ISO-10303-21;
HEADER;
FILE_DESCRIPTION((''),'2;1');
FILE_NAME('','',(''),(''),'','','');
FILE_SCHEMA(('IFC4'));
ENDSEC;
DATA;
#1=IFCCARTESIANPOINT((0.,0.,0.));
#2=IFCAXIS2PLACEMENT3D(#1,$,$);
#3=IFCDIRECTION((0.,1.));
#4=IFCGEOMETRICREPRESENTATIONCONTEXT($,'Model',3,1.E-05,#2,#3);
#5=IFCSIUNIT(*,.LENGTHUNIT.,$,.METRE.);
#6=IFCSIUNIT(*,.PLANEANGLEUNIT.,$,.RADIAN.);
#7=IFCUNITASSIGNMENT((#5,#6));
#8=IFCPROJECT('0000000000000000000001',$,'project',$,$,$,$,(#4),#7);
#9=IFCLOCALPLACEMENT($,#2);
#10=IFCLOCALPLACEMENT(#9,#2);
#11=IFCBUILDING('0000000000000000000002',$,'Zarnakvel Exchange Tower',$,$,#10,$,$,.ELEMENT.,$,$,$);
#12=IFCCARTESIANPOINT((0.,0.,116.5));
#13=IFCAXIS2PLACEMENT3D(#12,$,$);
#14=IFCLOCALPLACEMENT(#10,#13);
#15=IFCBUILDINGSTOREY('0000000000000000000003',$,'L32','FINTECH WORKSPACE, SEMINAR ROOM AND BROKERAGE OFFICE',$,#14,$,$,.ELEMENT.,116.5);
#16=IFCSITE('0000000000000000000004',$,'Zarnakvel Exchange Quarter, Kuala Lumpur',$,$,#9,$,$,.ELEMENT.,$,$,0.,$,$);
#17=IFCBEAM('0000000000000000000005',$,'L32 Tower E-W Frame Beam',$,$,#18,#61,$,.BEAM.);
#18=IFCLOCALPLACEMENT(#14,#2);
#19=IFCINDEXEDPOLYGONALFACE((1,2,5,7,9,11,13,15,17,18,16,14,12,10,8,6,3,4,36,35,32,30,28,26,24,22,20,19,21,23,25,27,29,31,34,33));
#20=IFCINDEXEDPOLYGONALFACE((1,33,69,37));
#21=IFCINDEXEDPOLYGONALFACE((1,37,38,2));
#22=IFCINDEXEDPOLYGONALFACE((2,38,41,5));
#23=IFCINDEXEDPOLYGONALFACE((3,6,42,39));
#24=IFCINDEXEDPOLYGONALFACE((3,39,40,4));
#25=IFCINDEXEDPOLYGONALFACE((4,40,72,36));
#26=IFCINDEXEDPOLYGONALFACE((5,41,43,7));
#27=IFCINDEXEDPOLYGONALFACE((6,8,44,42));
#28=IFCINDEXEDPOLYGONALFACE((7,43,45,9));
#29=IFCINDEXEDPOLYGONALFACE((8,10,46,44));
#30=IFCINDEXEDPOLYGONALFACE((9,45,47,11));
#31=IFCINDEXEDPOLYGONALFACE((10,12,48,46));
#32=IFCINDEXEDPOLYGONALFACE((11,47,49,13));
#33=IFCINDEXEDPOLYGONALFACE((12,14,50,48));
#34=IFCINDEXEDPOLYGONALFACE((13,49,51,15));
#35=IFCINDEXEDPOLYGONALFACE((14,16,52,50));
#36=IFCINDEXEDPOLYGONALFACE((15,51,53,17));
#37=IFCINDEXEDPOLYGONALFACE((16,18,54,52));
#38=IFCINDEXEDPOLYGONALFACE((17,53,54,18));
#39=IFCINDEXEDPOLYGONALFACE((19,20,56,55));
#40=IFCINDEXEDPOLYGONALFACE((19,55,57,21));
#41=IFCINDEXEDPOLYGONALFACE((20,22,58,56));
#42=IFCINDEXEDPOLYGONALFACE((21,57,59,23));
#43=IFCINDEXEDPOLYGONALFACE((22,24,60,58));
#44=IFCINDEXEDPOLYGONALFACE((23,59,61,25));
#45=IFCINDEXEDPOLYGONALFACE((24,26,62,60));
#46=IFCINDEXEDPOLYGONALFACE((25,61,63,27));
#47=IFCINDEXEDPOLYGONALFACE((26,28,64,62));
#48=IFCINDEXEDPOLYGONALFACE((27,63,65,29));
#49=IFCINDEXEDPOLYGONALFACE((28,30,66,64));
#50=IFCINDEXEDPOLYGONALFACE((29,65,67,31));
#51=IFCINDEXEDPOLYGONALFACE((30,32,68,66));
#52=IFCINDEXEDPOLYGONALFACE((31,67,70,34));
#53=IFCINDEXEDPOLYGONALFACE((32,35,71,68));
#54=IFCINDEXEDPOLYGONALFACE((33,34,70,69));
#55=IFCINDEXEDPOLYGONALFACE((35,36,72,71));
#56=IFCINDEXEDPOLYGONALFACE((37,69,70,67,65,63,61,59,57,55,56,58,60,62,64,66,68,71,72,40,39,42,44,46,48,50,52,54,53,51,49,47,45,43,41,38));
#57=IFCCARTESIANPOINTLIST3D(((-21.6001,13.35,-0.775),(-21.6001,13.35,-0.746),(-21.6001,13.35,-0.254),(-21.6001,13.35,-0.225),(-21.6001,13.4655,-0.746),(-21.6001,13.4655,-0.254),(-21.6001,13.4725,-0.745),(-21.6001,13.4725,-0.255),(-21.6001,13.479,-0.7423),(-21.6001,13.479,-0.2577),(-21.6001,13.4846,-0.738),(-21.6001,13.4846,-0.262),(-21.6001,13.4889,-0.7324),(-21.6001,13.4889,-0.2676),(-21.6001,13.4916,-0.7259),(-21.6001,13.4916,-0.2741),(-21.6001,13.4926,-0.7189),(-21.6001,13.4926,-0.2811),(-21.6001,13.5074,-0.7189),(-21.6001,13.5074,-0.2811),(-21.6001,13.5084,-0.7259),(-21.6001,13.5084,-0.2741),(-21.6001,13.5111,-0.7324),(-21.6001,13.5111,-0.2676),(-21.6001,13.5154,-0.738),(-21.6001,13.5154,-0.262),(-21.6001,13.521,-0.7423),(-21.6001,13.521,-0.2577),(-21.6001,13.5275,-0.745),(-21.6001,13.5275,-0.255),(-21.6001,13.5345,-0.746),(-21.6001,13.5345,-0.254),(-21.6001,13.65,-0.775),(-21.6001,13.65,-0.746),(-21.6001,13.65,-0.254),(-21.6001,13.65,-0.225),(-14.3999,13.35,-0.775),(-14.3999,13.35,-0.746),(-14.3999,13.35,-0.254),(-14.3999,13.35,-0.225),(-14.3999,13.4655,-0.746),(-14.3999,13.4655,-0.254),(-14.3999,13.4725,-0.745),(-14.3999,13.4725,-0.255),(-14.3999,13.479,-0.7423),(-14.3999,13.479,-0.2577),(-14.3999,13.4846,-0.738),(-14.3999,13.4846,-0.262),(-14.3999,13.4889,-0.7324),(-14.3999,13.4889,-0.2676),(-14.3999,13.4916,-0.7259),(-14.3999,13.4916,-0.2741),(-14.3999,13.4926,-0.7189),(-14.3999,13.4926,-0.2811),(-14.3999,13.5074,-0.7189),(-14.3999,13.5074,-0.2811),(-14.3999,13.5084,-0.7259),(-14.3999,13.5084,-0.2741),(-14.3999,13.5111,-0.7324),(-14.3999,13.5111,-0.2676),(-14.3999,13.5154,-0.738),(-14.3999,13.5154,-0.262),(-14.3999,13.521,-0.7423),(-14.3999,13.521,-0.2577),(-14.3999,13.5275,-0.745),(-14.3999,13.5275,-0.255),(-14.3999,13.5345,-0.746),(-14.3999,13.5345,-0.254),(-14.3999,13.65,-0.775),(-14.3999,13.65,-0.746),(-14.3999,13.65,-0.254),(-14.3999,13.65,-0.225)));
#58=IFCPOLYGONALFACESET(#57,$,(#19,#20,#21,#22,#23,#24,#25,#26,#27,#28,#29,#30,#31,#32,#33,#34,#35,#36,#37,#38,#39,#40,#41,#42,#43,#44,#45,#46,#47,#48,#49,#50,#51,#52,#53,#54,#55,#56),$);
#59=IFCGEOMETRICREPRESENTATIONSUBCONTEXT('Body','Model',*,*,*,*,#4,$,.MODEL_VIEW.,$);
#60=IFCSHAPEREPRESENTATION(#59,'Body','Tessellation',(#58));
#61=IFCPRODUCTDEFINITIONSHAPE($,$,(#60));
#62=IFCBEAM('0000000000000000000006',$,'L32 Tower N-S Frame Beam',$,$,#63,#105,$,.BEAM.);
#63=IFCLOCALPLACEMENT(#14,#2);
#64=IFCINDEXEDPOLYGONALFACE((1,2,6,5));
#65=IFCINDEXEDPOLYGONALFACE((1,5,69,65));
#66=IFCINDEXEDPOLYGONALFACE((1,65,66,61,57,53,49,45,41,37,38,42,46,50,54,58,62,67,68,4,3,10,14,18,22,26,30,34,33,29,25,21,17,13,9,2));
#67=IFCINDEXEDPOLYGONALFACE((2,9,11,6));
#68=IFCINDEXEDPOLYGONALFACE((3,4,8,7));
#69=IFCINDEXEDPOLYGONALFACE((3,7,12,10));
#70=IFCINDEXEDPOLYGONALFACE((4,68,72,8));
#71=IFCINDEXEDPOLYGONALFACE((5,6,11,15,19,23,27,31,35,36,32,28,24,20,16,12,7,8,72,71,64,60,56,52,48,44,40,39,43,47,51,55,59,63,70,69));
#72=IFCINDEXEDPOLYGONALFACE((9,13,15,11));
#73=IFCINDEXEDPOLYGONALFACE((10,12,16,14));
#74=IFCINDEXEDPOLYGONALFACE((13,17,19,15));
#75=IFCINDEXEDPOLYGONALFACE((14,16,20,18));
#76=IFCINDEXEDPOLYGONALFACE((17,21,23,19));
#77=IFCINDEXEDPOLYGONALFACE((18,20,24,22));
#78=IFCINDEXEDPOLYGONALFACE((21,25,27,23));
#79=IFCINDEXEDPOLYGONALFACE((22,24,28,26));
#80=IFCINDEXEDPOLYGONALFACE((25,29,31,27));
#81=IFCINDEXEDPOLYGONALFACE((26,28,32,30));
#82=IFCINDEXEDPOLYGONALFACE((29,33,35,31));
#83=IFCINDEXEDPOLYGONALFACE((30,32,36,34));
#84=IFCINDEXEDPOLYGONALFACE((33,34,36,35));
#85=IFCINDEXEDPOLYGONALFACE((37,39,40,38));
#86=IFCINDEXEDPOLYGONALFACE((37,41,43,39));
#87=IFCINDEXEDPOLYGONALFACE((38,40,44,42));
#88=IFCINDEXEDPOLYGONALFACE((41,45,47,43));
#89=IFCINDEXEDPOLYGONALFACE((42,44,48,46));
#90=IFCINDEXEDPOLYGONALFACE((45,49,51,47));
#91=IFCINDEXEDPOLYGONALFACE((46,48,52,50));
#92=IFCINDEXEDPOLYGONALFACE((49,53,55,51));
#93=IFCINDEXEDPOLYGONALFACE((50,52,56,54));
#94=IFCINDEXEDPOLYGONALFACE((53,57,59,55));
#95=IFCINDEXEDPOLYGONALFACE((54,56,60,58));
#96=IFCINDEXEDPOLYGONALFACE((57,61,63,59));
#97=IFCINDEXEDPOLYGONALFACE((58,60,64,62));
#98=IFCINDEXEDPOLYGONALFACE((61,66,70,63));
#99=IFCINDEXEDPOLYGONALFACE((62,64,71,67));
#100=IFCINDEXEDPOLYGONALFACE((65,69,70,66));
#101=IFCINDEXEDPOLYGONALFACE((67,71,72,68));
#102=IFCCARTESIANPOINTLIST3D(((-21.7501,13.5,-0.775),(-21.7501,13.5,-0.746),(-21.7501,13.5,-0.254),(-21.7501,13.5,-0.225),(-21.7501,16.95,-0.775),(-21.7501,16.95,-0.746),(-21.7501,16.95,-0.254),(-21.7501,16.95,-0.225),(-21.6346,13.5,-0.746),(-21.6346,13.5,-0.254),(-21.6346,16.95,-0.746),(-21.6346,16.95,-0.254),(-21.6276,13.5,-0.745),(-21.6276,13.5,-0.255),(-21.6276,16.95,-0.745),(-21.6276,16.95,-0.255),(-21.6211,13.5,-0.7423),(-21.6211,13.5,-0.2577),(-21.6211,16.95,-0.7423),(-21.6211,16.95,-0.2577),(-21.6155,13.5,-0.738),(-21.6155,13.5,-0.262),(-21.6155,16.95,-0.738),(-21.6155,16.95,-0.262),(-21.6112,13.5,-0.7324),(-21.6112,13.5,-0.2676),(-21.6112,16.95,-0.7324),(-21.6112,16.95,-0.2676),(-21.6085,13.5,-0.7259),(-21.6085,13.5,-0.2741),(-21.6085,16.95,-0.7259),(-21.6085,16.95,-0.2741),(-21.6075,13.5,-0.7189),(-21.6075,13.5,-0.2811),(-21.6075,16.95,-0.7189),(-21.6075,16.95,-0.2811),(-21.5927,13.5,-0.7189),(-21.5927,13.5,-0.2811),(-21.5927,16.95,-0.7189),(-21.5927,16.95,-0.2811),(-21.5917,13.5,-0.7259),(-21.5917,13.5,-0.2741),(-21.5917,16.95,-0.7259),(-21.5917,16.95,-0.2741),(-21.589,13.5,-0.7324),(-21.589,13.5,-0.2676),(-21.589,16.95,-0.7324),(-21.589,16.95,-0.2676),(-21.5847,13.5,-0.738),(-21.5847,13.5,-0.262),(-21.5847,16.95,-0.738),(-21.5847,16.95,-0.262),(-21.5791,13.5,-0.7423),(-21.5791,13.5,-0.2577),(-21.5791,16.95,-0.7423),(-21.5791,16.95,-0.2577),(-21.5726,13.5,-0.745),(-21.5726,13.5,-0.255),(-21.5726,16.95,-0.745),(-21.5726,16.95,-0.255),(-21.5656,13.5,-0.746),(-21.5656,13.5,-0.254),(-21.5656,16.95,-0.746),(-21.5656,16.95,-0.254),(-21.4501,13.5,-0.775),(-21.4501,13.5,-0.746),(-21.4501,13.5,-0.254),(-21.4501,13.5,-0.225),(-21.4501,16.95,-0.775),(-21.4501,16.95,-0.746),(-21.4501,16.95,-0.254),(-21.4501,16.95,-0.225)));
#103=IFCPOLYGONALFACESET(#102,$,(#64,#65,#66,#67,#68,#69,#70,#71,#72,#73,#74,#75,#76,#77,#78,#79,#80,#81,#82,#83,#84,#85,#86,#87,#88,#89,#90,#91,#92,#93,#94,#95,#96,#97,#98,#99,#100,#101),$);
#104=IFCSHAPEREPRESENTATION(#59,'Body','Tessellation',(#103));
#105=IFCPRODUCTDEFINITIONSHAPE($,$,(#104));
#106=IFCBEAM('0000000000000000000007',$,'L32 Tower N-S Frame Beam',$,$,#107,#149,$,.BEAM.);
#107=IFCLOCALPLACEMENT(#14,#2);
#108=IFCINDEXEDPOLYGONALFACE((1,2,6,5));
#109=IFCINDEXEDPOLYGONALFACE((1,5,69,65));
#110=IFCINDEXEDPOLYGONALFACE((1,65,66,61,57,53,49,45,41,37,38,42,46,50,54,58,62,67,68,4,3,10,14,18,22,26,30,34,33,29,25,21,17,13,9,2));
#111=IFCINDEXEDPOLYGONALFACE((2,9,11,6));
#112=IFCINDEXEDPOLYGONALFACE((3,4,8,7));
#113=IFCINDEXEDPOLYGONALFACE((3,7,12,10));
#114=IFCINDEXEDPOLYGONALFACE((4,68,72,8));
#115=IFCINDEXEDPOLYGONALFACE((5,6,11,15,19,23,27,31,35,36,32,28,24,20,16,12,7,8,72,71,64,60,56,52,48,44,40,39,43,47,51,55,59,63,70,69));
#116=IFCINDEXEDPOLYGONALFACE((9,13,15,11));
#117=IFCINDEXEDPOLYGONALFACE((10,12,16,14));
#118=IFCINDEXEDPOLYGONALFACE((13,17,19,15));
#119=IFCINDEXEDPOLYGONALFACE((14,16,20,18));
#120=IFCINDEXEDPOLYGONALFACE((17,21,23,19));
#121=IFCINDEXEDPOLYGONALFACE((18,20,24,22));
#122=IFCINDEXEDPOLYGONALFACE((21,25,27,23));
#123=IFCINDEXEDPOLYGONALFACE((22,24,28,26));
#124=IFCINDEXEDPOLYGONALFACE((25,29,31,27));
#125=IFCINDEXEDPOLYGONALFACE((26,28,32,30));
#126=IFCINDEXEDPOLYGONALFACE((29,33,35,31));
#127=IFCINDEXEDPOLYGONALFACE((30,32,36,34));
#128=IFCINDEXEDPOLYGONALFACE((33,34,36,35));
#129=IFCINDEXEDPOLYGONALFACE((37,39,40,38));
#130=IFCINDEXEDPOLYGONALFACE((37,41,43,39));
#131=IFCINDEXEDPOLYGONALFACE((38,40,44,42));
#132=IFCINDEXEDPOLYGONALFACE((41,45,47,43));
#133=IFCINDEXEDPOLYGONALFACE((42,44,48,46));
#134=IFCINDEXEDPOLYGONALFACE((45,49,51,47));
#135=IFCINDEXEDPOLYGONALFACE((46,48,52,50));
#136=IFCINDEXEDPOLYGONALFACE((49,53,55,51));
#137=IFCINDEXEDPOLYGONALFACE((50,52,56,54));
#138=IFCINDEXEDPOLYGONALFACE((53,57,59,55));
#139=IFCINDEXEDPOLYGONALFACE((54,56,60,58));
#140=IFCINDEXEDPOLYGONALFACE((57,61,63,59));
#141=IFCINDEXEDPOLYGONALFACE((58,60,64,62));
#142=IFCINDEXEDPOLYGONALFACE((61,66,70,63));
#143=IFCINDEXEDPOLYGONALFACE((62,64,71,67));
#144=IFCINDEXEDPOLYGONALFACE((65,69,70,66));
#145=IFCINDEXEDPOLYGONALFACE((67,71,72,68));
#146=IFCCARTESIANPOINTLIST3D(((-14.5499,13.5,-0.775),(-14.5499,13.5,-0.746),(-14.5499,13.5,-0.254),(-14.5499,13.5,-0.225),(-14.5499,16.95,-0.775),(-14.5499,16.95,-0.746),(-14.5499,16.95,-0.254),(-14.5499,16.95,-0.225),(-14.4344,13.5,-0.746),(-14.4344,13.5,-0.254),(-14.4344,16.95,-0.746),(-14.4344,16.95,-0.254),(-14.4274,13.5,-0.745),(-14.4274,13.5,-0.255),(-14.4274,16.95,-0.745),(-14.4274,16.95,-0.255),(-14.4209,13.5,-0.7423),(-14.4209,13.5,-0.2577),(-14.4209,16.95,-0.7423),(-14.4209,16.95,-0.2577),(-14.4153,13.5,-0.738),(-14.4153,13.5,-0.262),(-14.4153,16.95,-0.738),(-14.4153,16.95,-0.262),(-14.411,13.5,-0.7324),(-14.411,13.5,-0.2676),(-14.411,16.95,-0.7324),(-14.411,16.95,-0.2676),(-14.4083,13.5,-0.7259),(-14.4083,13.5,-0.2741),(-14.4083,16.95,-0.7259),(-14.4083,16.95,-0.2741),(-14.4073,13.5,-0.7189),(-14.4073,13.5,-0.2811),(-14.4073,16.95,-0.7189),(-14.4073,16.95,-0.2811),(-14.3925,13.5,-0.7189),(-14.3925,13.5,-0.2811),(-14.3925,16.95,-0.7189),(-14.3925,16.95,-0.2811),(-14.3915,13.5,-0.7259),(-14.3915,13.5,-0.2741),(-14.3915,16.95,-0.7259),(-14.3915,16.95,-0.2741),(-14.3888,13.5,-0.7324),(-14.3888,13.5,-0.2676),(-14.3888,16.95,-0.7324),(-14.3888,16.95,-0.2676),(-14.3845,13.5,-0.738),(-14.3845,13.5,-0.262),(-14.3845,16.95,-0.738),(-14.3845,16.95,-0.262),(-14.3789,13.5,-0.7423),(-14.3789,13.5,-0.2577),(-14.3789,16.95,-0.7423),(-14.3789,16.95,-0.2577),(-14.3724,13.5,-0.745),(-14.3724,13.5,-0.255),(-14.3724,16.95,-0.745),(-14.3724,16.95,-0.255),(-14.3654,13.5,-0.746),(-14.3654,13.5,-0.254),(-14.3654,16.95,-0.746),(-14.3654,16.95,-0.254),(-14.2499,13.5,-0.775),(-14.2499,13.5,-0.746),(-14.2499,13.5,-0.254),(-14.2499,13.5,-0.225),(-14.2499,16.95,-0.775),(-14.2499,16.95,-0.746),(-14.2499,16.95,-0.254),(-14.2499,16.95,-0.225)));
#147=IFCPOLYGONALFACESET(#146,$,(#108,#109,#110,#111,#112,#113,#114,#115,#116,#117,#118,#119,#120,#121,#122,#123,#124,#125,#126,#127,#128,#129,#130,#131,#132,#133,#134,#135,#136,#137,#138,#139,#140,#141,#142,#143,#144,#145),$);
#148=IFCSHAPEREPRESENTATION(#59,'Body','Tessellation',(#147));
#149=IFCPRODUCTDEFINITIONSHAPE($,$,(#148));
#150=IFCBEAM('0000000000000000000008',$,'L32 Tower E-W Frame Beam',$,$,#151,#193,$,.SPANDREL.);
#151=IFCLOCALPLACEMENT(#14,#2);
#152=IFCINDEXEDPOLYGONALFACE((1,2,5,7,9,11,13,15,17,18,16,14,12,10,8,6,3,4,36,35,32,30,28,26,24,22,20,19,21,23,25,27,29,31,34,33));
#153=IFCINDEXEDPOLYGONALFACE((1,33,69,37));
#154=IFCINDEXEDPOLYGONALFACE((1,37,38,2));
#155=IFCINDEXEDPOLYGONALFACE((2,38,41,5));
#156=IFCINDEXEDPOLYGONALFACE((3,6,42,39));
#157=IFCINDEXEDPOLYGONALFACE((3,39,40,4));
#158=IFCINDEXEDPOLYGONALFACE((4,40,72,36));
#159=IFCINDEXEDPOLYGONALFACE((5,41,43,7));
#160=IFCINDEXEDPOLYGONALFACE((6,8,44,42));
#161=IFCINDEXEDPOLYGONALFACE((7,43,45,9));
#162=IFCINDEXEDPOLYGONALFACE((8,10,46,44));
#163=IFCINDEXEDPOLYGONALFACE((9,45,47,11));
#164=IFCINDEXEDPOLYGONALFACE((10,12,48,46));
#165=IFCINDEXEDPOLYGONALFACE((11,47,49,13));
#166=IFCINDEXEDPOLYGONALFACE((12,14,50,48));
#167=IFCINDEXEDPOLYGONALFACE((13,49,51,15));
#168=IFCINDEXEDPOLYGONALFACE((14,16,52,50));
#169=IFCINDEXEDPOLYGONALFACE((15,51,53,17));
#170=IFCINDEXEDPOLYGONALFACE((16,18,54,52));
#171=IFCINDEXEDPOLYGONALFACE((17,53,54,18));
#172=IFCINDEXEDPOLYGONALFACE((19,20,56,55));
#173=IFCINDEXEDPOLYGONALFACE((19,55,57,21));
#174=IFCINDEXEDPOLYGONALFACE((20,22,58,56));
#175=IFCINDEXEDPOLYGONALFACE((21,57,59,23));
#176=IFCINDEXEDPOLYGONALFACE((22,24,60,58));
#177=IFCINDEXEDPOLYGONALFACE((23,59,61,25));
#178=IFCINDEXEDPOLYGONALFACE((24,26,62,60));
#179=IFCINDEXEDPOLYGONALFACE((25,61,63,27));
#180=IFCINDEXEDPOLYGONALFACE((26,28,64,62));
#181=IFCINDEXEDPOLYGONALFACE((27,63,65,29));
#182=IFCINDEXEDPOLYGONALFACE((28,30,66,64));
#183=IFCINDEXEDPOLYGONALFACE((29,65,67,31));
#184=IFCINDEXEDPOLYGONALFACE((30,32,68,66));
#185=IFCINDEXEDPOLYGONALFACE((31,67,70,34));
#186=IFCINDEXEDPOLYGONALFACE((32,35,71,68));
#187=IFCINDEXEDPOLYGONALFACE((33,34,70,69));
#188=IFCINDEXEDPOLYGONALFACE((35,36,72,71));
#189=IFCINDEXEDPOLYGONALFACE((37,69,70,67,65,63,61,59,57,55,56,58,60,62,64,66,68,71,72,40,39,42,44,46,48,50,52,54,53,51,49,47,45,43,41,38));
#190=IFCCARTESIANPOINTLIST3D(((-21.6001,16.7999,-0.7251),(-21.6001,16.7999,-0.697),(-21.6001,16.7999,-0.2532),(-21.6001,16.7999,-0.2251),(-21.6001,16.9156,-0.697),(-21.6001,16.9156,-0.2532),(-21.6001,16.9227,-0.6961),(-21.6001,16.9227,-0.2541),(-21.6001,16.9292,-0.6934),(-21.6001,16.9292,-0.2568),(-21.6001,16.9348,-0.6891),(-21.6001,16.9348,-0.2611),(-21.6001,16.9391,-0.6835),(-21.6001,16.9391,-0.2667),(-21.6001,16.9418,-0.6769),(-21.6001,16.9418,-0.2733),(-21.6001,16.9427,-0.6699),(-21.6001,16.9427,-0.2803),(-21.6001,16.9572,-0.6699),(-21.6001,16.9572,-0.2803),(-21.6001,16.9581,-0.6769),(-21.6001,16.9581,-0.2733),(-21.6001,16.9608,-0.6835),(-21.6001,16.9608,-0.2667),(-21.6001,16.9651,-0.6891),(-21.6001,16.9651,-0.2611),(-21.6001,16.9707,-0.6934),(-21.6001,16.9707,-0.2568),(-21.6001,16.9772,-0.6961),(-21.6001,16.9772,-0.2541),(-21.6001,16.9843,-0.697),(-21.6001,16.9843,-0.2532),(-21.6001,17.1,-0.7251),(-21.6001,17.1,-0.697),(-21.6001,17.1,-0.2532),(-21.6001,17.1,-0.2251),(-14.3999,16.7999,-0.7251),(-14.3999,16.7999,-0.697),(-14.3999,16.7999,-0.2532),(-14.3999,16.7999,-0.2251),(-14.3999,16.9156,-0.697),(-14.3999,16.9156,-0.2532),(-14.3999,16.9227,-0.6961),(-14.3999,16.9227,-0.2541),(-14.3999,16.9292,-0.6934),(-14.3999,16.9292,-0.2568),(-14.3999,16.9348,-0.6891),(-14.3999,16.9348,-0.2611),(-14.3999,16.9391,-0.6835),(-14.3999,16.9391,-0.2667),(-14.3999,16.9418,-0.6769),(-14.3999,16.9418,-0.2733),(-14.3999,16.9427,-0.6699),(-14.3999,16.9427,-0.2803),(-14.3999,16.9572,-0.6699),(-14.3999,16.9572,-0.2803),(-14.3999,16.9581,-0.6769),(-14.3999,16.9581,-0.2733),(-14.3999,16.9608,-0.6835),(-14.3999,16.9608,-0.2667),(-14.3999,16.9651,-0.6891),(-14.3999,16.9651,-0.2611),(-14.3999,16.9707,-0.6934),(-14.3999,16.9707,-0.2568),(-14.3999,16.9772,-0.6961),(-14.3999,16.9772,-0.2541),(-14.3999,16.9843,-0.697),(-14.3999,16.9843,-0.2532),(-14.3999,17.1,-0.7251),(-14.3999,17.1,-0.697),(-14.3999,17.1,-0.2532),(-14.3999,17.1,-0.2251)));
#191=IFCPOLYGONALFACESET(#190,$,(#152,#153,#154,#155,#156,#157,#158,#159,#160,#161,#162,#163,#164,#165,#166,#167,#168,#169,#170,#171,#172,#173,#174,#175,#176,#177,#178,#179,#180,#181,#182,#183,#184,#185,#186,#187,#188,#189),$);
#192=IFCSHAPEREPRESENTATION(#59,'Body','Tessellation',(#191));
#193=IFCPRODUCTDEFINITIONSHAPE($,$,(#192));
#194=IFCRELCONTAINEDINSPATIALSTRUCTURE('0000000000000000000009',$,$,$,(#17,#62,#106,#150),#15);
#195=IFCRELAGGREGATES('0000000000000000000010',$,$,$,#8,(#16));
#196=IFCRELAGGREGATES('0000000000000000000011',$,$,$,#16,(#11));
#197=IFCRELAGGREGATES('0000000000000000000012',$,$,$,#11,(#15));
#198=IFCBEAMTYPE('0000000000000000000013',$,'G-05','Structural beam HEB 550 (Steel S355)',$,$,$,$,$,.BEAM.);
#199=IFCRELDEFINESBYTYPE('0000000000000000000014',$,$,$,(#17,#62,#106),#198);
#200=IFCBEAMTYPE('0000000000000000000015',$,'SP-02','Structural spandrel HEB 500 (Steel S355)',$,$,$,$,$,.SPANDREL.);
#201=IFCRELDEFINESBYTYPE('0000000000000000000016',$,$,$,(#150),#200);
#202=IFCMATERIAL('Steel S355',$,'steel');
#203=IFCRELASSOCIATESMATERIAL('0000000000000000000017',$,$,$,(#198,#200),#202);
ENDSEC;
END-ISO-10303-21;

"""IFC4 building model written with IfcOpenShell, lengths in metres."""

from ifc_helpers import new_model, si_unit, direction, frame, origin, origin_2d, place, context, subcontext, project, spatial, i_section, extrude, material, material_profile, profile_set, type_object, element, save


model = new_model("IFC4")

# Units and contexts
model_context = context("Model", 3, precision=1e-05, world=origin(), true_north=direction((0.0, 1.0)))
body_context = subcontext(model_context, "Body", "Model", "MODEL_VIEW")
ifc_project = project(units=[si_unit("LENGTHUNIT", "METRE"), si_unit("PLANEANGLEUNIT", "RADIAN")], contexts=[model_context])

# Site, building, storey
site_placement = place(None, origin())
site = spatial("IfcSite", under=ifc_project, at=site_placement, Name="Zarnakvel Exchange Quarter, Kuala Lumpur", CompositionType="ELEMENT", RefElevation=0.0)
building_placement = place(site_placement, origin())
building = spatial("IfcBuilding", under=site, at=building_placement, Name="Zarnakvel Exchange Tower", CompositionType="ELEMENT")
storey_placement = place(building_placement, frame((0.0, 0.0, 116.5)))
storey = spatial("IfcBuildingStorey", under=building, at=storey_placement, Name="L32", Description="FINTECH WORKSPACE, SEMINAR ROOM AND BROKERAGE OFFICE", CompositionType="ELEMENT", Elevation=116.5)

# Shared definitions
ifc_material_1 = material(Name="Steel S355", Category="steel")

# Beams
ifc_material_profile_1 = material_profile(ifc_material_1, i_section(OverallWidth=0.3, OverallDepth=0.55, WebThickness=0.0149, FlangeThickness=0.0291, FilletRadius=0.0271, at=origin_2d()))
ifc_profile_set_1 = profile_set([ifc_material_profile_1], Name="Steel S355")
beam_type_1 = type_object("IfcBeamType", Name="G-05", Description="Structural beam HEB 550 (Steel S355)", PredefinedType="BEAM", material=ifc_profile_set_1)
beam_1_placement = place(storey_placement, frame((-21.6001, 13.5, -0.5), z_axis=(1.0, 0.0, 0.0), x_axis=(0.0, 1.0, 0.0)))
element("IfcBeam", 1, at=beam_1_placement, inside=storey, type_object=beam_type_1, Name="L32 Tower E-W Frame Beam", PredefinedType="BEAM", context=body_context, shape_type="SweptSolid", body=[
    extrude(i_section(OverallWidth=0.3, OverallDepth=0.55, WebThickness=0.0149, FlangeThickness=0.0291, FilletRadius=0.0271, at=origin_2d()), origin(), (0.0, 0.0, 1.0), 7.2002),
])
for number, where, z_axis, x_axis, name in (
    (2, (-21.6001, 13.5, -0.5), (0.0, 1.0, 0.0), (-1.0, 0.0, 0.0), "L32 Tower N-S Frame Beam"),
    (3, (-14.3999, 13.5, -0.5), (0.0, 1.0, 0.0), (-1.0, 0.0, 0.0), "L32 Tower N-S Frame Beam"),
):
    element("IfcBeam", number, at=place(storey_placement, frame(where, z_axis=z_axis, x_axis=x_axis)), inside=storey, type_object=beam_type_1, Name=name, PredefinedType="BEAM", context=body_context, shape_type="SweptSolid", body=[
        extrude(i_section(OverallWidth=0.3, OverallDepth=0.55, WebThickness=0.0149, FlangeThickness=0.0291, FilletRadius=0.0271, at=origin_2d()), origin(), (0.0, 0.0, 1.0), 3.45),
    ])
ifc_material_profile_2 = material_profile(ifc_material_1, i_section(OverallWidth=0.3, OverallDepth=0.5, WebThickness=0.0144, FlangeThickness=0.0281, FilletRadius=0.0271, at=origin_2d()))
ifc_profile_set_2 = profile_set([ifc_material_profile_2], Name="Steel S355")
beam_type_2 = type_object("IfcBeamType", Name="SP-02", Description="Structural spandrel HEB 500 (Steel S355)", PredefinedType="SPANDREL", material=ifc_profile_set_2)
beam_2_placement = place(storey_placement, frame((-21.6001, 16.95, -0.4751), z_axis=(1.0, 0.0, 0.0), x_axis=(0.0, 1.0, 0.0)))
element("IfcBeam", 4, at=beam_2_placement, inside=storey, type_object=beam_type_2, Name="L32 Tower E-W Frame Beam", PredefinedType="SPANDREL", context=body_context, shape_type="SweptSolid", body=[
    extrude(i_section(OverallWidth=0.3, OverallDepth=0.5, WebThickness=0.0144, FlangeThickness=0.0281, FilletRadius=0.0271, at=origin_2d()), origin(), (0.0, 0.0, 1.0), 7.2002),
])

save(model, "model.ifc")
